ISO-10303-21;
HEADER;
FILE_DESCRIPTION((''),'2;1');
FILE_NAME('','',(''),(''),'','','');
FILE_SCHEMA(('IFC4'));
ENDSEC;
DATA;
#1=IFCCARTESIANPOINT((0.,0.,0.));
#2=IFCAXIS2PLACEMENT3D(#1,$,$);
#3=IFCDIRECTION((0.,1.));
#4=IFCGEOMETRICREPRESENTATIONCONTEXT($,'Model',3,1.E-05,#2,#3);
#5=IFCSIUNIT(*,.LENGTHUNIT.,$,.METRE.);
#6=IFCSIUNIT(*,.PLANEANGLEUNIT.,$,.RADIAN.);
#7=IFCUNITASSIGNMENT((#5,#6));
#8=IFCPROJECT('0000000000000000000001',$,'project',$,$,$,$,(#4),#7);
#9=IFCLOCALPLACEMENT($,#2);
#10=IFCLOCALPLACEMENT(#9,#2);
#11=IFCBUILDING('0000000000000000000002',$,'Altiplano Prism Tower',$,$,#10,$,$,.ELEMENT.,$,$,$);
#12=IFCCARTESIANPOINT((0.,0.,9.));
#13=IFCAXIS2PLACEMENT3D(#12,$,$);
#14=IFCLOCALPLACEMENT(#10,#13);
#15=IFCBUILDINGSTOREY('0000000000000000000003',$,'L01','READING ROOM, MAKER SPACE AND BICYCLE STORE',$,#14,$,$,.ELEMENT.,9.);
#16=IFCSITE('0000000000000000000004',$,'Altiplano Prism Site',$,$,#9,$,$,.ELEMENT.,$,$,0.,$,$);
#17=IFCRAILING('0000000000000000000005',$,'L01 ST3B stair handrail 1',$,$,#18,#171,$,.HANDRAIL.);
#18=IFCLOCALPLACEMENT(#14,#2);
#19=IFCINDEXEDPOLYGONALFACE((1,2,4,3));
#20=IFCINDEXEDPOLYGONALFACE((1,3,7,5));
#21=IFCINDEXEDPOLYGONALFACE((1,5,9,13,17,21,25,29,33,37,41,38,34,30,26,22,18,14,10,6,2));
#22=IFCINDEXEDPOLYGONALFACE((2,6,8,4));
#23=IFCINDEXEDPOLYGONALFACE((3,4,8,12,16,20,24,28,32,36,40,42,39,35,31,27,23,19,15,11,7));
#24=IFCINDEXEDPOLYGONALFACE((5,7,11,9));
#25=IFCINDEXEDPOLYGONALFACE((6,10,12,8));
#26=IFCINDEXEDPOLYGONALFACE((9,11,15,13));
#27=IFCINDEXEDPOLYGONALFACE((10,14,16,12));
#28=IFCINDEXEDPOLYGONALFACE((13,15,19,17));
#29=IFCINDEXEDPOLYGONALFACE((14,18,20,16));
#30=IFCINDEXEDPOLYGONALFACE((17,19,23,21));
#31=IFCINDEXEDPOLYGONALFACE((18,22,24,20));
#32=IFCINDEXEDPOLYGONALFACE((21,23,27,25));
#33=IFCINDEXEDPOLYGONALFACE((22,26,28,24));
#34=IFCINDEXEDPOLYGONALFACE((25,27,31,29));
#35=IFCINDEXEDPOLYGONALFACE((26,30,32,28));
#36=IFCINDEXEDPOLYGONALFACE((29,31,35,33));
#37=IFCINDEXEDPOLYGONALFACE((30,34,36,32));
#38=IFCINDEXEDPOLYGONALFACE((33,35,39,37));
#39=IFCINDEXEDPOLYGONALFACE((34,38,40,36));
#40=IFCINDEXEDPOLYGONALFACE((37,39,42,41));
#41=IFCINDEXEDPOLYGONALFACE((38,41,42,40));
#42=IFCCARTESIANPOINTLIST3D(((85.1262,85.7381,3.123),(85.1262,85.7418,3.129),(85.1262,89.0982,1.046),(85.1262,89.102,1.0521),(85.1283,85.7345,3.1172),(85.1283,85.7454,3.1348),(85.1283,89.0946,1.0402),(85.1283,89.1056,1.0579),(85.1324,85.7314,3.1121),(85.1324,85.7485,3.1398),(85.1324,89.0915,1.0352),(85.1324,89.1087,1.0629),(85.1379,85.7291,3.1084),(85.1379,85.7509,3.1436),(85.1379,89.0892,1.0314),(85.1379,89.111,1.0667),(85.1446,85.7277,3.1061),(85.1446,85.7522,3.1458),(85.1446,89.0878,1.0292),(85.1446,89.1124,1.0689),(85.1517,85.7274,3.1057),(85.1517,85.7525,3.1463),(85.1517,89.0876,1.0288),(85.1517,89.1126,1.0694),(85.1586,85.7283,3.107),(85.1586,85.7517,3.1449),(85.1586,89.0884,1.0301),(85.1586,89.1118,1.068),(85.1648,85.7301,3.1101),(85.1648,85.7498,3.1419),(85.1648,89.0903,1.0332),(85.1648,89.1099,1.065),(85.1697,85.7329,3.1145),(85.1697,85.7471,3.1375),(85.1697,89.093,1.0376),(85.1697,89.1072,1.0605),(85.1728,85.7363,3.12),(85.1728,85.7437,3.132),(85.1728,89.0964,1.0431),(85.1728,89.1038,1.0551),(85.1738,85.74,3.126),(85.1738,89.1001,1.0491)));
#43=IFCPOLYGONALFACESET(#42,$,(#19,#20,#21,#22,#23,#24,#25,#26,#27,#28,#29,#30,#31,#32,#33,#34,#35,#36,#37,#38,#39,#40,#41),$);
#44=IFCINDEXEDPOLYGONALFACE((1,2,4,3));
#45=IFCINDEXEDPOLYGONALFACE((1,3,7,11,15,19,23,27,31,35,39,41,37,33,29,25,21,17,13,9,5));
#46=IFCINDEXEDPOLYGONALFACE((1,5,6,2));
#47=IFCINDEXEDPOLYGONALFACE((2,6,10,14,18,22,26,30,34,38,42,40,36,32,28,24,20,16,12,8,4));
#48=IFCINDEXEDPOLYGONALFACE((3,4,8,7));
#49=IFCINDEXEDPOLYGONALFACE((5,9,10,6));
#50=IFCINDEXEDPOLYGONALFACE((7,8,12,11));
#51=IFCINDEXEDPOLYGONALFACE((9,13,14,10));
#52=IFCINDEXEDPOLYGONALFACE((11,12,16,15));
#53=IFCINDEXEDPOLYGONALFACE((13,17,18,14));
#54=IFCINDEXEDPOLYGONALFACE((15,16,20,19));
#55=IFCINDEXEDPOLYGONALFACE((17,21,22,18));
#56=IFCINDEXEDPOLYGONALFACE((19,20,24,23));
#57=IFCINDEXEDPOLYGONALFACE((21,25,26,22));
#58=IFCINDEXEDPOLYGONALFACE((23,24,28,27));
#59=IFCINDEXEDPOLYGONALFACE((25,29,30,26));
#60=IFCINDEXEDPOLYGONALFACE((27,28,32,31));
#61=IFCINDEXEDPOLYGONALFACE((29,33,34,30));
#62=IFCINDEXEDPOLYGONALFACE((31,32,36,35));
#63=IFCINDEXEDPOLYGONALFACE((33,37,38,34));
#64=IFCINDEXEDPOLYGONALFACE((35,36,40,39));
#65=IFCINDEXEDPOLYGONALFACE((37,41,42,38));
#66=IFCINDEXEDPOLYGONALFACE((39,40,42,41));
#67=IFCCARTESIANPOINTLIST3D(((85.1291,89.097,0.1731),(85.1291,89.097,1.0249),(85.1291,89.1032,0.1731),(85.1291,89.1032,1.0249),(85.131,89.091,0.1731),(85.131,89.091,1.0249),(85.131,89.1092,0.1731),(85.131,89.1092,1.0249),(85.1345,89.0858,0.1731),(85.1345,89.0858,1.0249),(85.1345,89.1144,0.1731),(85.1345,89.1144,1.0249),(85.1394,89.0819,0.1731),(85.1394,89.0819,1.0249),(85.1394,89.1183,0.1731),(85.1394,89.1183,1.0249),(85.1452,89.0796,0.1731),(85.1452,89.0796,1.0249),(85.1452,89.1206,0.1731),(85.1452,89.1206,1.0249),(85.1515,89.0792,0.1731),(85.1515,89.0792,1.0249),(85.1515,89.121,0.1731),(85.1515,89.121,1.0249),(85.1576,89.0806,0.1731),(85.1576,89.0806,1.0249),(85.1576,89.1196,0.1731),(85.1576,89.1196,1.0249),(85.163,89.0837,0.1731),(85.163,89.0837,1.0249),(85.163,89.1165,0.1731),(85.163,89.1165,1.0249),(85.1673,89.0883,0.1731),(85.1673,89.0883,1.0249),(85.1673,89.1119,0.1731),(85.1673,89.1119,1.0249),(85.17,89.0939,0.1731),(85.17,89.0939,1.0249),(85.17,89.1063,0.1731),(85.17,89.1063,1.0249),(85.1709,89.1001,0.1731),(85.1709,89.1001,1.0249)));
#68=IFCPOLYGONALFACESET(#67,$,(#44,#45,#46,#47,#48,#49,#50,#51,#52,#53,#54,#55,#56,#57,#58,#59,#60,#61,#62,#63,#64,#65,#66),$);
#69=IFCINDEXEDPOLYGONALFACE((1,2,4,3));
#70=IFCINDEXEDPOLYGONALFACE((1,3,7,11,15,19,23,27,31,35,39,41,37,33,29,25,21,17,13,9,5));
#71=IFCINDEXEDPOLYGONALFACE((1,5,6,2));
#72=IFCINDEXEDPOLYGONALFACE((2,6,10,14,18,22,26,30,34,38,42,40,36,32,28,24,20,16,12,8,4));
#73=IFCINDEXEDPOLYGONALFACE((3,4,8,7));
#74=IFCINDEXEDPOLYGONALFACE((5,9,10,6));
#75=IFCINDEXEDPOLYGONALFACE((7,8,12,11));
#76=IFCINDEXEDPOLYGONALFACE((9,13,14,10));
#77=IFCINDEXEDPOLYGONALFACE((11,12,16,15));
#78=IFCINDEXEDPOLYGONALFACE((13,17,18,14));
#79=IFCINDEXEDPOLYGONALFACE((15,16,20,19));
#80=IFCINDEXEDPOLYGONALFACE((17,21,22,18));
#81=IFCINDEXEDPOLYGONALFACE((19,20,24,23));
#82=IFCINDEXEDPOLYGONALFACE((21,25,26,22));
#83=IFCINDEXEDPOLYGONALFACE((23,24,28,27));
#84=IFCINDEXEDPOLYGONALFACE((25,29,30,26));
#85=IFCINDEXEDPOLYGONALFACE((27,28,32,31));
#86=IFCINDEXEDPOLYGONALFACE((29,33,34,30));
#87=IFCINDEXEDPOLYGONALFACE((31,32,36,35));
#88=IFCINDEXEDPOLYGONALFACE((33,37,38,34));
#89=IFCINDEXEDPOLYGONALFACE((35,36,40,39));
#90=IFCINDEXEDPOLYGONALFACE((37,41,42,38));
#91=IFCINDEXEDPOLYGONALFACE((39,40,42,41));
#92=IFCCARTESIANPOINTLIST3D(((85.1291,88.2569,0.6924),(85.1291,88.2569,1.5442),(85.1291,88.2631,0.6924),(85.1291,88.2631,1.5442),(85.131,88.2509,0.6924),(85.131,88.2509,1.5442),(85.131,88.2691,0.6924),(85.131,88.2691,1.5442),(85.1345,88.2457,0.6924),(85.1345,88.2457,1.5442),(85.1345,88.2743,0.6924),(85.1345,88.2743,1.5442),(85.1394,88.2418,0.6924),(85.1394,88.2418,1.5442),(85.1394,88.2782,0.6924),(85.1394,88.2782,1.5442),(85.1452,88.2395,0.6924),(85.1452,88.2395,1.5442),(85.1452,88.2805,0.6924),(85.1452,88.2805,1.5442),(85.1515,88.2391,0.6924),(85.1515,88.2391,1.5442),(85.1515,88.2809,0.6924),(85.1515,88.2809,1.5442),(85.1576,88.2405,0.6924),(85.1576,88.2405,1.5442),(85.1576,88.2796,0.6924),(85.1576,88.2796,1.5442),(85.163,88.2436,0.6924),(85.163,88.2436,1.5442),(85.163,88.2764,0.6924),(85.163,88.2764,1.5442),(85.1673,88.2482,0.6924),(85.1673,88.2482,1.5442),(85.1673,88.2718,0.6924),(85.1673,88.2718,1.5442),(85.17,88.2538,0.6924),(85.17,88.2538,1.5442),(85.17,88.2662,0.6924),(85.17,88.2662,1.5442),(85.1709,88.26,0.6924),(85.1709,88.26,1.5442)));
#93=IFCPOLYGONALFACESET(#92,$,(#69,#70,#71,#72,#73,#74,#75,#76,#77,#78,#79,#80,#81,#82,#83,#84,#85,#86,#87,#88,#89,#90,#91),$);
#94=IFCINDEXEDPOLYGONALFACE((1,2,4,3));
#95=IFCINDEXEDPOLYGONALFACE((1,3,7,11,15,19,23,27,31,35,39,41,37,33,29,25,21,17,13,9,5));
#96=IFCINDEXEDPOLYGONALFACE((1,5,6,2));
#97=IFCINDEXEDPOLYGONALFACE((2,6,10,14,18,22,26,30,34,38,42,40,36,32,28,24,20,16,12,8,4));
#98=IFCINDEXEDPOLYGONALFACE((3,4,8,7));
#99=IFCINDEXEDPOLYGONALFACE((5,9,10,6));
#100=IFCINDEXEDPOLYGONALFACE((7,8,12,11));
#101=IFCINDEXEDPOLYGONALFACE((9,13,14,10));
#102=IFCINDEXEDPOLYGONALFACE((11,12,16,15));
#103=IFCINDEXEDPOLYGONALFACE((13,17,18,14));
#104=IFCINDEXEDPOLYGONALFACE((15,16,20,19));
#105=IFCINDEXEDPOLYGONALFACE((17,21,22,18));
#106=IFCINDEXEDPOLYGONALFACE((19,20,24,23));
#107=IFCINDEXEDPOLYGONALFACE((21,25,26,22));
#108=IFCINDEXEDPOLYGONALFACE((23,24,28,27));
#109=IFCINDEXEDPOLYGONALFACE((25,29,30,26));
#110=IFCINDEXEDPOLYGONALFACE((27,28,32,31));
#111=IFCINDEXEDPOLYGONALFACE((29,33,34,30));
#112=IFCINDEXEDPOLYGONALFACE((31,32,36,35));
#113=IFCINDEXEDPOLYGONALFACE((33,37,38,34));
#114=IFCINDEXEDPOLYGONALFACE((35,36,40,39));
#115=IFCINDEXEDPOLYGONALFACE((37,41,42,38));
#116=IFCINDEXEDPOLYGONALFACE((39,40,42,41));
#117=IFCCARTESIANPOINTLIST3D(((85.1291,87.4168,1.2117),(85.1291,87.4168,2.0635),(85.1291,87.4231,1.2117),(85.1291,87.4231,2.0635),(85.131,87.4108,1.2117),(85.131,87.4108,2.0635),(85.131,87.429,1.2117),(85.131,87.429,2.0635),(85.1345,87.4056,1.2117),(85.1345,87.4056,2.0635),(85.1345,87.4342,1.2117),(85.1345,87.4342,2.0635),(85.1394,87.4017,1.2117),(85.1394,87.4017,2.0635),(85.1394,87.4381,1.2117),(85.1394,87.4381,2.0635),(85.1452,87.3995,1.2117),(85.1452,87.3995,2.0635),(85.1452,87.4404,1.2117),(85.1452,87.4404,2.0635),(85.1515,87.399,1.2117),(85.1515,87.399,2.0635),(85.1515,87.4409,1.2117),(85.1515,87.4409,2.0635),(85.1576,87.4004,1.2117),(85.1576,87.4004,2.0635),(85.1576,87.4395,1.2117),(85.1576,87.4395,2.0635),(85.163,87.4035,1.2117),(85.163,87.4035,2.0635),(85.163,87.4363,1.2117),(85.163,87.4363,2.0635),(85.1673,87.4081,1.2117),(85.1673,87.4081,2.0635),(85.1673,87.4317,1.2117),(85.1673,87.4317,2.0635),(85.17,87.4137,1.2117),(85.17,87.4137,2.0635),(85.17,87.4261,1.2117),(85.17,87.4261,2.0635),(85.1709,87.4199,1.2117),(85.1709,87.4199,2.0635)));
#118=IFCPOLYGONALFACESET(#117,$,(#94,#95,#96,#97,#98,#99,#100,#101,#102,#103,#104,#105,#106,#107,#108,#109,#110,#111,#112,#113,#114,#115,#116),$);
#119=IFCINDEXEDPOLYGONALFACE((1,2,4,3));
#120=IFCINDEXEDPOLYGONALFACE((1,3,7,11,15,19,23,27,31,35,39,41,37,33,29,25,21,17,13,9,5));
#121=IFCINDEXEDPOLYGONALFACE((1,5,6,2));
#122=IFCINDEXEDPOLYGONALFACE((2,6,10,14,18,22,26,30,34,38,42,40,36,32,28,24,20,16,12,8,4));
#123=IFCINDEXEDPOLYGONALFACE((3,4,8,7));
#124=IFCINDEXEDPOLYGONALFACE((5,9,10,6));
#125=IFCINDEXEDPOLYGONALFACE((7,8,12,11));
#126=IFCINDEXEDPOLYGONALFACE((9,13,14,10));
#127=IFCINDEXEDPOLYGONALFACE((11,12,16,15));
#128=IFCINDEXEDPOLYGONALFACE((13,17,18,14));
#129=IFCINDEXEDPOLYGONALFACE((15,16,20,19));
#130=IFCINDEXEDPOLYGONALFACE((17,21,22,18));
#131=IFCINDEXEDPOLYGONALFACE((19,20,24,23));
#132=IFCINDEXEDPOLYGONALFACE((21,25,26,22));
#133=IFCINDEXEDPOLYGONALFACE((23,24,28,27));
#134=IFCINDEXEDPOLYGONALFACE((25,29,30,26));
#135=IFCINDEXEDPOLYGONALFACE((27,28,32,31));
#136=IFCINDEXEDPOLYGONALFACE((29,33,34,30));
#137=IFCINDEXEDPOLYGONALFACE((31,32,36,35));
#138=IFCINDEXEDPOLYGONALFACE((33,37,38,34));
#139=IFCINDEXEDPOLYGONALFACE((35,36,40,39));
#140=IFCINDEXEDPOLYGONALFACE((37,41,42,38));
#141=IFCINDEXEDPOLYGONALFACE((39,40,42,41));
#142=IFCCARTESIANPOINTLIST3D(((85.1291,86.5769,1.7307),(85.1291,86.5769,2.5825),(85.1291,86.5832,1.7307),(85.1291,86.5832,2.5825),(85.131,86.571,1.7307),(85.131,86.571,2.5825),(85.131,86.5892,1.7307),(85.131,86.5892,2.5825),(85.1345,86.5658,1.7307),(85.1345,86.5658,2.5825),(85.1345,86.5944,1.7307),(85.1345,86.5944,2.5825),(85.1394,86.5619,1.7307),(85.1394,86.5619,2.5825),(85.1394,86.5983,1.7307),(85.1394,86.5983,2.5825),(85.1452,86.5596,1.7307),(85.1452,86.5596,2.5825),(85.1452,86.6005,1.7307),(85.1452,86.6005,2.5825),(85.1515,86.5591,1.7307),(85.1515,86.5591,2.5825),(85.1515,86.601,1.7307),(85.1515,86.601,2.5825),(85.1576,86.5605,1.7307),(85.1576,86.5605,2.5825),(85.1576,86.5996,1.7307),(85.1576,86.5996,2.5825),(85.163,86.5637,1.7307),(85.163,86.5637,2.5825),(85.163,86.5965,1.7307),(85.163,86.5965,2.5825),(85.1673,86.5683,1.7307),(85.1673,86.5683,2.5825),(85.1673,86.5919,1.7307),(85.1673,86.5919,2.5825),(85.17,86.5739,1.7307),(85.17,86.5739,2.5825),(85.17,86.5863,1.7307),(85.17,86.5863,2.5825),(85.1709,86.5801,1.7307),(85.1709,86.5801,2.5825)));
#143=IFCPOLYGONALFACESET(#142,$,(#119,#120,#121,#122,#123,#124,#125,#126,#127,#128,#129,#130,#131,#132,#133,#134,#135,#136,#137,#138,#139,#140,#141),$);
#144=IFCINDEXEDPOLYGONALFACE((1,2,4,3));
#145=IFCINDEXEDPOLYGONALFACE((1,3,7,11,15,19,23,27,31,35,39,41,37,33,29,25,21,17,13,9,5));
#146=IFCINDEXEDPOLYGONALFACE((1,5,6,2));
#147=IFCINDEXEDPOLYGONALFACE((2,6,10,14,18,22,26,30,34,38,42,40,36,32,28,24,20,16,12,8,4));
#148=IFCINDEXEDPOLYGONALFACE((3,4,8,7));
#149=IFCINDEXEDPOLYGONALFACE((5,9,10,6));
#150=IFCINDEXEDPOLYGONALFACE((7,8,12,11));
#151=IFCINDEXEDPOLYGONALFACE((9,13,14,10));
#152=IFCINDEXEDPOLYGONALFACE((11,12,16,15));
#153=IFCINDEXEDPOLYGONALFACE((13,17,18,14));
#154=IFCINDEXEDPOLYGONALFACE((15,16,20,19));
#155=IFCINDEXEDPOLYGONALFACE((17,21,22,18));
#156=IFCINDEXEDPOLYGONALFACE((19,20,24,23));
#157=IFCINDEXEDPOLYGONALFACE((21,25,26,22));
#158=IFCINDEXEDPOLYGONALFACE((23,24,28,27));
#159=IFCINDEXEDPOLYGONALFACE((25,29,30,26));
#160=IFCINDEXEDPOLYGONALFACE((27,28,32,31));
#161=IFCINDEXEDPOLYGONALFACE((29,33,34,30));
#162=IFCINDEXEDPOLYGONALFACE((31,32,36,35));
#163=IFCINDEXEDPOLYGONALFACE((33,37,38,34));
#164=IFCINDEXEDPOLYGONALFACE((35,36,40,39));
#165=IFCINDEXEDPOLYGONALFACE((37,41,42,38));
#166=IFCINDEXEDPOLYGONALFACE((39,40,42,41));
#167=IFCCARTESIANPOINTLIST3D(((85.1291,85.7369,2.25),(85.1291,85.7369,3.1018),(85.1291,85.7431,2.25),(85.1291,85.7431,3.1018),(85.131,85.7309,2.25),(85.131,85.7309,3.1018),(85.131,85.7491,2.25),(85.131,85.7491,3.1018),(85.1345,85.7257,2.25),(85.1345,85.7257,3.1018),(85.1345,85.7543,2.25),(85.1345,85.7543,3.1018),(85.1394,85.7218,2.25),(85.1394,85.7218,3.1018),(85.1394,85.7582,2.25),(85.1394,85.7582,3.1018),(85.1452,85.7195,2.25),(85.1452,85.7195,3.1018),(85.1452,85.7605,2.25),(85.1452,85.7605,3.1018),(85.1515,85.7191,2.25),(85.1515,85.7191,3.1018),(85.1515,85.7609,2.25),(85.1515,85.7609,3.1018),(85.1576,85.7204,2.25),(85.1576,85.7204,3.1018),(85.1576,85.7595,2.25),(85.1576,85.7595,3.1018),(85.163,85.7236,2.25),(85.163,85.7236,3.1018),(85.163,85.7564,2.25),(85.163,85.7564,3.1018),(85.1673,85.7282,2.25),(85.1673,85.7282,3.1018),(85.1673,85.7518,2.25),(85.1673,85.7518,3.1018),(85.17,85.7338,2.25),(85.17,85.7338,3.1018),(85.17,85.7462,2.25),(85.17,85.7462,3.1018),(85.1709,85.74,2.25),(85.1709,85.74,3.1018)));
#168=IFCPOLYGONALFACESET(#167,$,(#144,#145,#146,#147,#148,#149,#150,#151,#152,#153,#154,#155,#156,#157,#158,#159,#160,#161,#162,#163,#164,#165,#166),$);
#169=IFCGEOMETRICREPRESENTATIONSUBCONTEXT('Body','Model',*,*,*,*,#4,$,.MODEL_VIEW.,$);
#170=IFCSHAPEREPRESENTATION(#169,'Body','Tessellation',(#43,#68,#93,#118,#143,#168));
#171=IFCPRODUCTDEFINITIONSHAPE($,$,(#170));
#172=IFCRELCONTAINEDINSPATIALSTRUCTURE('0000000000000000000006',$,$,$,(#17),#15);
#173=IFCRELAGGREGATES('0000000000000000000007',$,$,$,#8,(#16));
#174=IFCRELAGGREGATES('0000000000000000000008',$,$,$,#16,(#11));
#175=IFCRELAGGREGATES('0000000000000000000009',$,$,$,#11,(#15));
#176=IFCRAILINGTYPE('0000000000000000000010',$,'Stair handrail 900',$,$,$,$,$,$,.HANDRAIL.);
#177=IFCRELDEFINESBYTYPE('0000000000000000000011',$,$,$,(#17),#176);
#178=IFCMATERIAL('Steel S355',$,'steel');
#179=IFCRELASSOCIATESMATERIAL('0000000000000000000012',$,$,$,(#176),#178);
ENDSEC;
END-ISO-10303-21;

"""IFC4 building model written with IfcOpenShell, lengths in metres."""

from ifc_helpers import new_model, si_unit, direction, frame, origin, origin_2d, place, context, subcontext, project, spatial, circle, extrude, material, type_object, element, save


model = new_model("IFC4")

# Units and contexts
model_context = context("Model", 3, precision=1e-05, world=origin(), true_north=direction((0.0, 1.0)))
body_context = subcontext(model_context, "Body", "Model", "MODEL_VIEW")
ifc_project = project(units=[si_unit("LENGTHUNIT", "METRE"), si_unit("PLANEANGLEUNIT", "RADIAN")], contexts=[model_context])

# Site, building, storey
site_placement = place(None, origin())
site = spatial("IfcSite", under=ifc_project, at=site_placement, Name="Altiplano Prism Site", CompositionType="ELEMENT", RefElevation=0.0)
building_placement = place(site_placement, origin())
building = spatial("IfcBuilding", under=site, at=building_placement, Name="Altiplano Prism Tower", CompositionType="ELEMENT")
storey_placement = place(building_placement, frame((0.0, 0.0, 9.0)))
storey = spatial("IfcBuildingStorey", under=building, at=storey_placement, Name="L01", Description="READING ROOM, MAKER SPACE AND BICYCLE STORE", CompositionType="ELEMENT", Elevation=9.0)

# Railing
ifc_material_1 = material(Name="Steel S355", Category="steel")
railing_type_1 = type_object("IfcRailingType", Name="Stair handrail 900", PredefinedType="HANDRAIL", material=ifc_material_1)
railing_1_placement = place(storey_placement, frame((85.1499, 89.1001, 0.1731)))
element("IfcRailing", 1, at=railing_1_placement, inside=storey, type_object=railing_type_1, Name="L01 ST3B stair handrail 1", PredefinedType="HANDRAIL", context=body_context, shape_type="SweptSolid", body=[
    extrude(circle(Radius=0.0239, at=origin_2d()), frame((0.0, 0.0, 0.876), z_axis=(0.0, -0.850623, 0.525776), x_axis=(1.0, 0.0, 0.0)), (0.0, 0.0, 1.0), 3.9502),
    extrude(circle(Radius=0.021, at=origin_2d()), origin(), (0.0, 0.0, 1.0), 0.8518),
    extrude(circle(Radius=0.021, at=origin_2d()), frame((0.0, -0.8401, 0.5193)), (0.0, 0.0, 1.0), 0.8518),
    extrude(circle(Radius=0.021, at=origin_2d()), frame((0.0, -1.6802, 1.0386)), (0.0, 0.0, 1.0), 0.8518),
    extrude(circle(Radius=0.021, at=origin_2d()), frame((0.0, -2.52, 1.5576)), (0.0, 0.0, 1.0), 0.8518),
    extrude(circle(Radius=0.021, at=origin_2d()), frame((0.0, -3.3601, 2.0769)), (0.0, 0.0, 1.0), 0.8518),
])

save(model, "model.ifc")
